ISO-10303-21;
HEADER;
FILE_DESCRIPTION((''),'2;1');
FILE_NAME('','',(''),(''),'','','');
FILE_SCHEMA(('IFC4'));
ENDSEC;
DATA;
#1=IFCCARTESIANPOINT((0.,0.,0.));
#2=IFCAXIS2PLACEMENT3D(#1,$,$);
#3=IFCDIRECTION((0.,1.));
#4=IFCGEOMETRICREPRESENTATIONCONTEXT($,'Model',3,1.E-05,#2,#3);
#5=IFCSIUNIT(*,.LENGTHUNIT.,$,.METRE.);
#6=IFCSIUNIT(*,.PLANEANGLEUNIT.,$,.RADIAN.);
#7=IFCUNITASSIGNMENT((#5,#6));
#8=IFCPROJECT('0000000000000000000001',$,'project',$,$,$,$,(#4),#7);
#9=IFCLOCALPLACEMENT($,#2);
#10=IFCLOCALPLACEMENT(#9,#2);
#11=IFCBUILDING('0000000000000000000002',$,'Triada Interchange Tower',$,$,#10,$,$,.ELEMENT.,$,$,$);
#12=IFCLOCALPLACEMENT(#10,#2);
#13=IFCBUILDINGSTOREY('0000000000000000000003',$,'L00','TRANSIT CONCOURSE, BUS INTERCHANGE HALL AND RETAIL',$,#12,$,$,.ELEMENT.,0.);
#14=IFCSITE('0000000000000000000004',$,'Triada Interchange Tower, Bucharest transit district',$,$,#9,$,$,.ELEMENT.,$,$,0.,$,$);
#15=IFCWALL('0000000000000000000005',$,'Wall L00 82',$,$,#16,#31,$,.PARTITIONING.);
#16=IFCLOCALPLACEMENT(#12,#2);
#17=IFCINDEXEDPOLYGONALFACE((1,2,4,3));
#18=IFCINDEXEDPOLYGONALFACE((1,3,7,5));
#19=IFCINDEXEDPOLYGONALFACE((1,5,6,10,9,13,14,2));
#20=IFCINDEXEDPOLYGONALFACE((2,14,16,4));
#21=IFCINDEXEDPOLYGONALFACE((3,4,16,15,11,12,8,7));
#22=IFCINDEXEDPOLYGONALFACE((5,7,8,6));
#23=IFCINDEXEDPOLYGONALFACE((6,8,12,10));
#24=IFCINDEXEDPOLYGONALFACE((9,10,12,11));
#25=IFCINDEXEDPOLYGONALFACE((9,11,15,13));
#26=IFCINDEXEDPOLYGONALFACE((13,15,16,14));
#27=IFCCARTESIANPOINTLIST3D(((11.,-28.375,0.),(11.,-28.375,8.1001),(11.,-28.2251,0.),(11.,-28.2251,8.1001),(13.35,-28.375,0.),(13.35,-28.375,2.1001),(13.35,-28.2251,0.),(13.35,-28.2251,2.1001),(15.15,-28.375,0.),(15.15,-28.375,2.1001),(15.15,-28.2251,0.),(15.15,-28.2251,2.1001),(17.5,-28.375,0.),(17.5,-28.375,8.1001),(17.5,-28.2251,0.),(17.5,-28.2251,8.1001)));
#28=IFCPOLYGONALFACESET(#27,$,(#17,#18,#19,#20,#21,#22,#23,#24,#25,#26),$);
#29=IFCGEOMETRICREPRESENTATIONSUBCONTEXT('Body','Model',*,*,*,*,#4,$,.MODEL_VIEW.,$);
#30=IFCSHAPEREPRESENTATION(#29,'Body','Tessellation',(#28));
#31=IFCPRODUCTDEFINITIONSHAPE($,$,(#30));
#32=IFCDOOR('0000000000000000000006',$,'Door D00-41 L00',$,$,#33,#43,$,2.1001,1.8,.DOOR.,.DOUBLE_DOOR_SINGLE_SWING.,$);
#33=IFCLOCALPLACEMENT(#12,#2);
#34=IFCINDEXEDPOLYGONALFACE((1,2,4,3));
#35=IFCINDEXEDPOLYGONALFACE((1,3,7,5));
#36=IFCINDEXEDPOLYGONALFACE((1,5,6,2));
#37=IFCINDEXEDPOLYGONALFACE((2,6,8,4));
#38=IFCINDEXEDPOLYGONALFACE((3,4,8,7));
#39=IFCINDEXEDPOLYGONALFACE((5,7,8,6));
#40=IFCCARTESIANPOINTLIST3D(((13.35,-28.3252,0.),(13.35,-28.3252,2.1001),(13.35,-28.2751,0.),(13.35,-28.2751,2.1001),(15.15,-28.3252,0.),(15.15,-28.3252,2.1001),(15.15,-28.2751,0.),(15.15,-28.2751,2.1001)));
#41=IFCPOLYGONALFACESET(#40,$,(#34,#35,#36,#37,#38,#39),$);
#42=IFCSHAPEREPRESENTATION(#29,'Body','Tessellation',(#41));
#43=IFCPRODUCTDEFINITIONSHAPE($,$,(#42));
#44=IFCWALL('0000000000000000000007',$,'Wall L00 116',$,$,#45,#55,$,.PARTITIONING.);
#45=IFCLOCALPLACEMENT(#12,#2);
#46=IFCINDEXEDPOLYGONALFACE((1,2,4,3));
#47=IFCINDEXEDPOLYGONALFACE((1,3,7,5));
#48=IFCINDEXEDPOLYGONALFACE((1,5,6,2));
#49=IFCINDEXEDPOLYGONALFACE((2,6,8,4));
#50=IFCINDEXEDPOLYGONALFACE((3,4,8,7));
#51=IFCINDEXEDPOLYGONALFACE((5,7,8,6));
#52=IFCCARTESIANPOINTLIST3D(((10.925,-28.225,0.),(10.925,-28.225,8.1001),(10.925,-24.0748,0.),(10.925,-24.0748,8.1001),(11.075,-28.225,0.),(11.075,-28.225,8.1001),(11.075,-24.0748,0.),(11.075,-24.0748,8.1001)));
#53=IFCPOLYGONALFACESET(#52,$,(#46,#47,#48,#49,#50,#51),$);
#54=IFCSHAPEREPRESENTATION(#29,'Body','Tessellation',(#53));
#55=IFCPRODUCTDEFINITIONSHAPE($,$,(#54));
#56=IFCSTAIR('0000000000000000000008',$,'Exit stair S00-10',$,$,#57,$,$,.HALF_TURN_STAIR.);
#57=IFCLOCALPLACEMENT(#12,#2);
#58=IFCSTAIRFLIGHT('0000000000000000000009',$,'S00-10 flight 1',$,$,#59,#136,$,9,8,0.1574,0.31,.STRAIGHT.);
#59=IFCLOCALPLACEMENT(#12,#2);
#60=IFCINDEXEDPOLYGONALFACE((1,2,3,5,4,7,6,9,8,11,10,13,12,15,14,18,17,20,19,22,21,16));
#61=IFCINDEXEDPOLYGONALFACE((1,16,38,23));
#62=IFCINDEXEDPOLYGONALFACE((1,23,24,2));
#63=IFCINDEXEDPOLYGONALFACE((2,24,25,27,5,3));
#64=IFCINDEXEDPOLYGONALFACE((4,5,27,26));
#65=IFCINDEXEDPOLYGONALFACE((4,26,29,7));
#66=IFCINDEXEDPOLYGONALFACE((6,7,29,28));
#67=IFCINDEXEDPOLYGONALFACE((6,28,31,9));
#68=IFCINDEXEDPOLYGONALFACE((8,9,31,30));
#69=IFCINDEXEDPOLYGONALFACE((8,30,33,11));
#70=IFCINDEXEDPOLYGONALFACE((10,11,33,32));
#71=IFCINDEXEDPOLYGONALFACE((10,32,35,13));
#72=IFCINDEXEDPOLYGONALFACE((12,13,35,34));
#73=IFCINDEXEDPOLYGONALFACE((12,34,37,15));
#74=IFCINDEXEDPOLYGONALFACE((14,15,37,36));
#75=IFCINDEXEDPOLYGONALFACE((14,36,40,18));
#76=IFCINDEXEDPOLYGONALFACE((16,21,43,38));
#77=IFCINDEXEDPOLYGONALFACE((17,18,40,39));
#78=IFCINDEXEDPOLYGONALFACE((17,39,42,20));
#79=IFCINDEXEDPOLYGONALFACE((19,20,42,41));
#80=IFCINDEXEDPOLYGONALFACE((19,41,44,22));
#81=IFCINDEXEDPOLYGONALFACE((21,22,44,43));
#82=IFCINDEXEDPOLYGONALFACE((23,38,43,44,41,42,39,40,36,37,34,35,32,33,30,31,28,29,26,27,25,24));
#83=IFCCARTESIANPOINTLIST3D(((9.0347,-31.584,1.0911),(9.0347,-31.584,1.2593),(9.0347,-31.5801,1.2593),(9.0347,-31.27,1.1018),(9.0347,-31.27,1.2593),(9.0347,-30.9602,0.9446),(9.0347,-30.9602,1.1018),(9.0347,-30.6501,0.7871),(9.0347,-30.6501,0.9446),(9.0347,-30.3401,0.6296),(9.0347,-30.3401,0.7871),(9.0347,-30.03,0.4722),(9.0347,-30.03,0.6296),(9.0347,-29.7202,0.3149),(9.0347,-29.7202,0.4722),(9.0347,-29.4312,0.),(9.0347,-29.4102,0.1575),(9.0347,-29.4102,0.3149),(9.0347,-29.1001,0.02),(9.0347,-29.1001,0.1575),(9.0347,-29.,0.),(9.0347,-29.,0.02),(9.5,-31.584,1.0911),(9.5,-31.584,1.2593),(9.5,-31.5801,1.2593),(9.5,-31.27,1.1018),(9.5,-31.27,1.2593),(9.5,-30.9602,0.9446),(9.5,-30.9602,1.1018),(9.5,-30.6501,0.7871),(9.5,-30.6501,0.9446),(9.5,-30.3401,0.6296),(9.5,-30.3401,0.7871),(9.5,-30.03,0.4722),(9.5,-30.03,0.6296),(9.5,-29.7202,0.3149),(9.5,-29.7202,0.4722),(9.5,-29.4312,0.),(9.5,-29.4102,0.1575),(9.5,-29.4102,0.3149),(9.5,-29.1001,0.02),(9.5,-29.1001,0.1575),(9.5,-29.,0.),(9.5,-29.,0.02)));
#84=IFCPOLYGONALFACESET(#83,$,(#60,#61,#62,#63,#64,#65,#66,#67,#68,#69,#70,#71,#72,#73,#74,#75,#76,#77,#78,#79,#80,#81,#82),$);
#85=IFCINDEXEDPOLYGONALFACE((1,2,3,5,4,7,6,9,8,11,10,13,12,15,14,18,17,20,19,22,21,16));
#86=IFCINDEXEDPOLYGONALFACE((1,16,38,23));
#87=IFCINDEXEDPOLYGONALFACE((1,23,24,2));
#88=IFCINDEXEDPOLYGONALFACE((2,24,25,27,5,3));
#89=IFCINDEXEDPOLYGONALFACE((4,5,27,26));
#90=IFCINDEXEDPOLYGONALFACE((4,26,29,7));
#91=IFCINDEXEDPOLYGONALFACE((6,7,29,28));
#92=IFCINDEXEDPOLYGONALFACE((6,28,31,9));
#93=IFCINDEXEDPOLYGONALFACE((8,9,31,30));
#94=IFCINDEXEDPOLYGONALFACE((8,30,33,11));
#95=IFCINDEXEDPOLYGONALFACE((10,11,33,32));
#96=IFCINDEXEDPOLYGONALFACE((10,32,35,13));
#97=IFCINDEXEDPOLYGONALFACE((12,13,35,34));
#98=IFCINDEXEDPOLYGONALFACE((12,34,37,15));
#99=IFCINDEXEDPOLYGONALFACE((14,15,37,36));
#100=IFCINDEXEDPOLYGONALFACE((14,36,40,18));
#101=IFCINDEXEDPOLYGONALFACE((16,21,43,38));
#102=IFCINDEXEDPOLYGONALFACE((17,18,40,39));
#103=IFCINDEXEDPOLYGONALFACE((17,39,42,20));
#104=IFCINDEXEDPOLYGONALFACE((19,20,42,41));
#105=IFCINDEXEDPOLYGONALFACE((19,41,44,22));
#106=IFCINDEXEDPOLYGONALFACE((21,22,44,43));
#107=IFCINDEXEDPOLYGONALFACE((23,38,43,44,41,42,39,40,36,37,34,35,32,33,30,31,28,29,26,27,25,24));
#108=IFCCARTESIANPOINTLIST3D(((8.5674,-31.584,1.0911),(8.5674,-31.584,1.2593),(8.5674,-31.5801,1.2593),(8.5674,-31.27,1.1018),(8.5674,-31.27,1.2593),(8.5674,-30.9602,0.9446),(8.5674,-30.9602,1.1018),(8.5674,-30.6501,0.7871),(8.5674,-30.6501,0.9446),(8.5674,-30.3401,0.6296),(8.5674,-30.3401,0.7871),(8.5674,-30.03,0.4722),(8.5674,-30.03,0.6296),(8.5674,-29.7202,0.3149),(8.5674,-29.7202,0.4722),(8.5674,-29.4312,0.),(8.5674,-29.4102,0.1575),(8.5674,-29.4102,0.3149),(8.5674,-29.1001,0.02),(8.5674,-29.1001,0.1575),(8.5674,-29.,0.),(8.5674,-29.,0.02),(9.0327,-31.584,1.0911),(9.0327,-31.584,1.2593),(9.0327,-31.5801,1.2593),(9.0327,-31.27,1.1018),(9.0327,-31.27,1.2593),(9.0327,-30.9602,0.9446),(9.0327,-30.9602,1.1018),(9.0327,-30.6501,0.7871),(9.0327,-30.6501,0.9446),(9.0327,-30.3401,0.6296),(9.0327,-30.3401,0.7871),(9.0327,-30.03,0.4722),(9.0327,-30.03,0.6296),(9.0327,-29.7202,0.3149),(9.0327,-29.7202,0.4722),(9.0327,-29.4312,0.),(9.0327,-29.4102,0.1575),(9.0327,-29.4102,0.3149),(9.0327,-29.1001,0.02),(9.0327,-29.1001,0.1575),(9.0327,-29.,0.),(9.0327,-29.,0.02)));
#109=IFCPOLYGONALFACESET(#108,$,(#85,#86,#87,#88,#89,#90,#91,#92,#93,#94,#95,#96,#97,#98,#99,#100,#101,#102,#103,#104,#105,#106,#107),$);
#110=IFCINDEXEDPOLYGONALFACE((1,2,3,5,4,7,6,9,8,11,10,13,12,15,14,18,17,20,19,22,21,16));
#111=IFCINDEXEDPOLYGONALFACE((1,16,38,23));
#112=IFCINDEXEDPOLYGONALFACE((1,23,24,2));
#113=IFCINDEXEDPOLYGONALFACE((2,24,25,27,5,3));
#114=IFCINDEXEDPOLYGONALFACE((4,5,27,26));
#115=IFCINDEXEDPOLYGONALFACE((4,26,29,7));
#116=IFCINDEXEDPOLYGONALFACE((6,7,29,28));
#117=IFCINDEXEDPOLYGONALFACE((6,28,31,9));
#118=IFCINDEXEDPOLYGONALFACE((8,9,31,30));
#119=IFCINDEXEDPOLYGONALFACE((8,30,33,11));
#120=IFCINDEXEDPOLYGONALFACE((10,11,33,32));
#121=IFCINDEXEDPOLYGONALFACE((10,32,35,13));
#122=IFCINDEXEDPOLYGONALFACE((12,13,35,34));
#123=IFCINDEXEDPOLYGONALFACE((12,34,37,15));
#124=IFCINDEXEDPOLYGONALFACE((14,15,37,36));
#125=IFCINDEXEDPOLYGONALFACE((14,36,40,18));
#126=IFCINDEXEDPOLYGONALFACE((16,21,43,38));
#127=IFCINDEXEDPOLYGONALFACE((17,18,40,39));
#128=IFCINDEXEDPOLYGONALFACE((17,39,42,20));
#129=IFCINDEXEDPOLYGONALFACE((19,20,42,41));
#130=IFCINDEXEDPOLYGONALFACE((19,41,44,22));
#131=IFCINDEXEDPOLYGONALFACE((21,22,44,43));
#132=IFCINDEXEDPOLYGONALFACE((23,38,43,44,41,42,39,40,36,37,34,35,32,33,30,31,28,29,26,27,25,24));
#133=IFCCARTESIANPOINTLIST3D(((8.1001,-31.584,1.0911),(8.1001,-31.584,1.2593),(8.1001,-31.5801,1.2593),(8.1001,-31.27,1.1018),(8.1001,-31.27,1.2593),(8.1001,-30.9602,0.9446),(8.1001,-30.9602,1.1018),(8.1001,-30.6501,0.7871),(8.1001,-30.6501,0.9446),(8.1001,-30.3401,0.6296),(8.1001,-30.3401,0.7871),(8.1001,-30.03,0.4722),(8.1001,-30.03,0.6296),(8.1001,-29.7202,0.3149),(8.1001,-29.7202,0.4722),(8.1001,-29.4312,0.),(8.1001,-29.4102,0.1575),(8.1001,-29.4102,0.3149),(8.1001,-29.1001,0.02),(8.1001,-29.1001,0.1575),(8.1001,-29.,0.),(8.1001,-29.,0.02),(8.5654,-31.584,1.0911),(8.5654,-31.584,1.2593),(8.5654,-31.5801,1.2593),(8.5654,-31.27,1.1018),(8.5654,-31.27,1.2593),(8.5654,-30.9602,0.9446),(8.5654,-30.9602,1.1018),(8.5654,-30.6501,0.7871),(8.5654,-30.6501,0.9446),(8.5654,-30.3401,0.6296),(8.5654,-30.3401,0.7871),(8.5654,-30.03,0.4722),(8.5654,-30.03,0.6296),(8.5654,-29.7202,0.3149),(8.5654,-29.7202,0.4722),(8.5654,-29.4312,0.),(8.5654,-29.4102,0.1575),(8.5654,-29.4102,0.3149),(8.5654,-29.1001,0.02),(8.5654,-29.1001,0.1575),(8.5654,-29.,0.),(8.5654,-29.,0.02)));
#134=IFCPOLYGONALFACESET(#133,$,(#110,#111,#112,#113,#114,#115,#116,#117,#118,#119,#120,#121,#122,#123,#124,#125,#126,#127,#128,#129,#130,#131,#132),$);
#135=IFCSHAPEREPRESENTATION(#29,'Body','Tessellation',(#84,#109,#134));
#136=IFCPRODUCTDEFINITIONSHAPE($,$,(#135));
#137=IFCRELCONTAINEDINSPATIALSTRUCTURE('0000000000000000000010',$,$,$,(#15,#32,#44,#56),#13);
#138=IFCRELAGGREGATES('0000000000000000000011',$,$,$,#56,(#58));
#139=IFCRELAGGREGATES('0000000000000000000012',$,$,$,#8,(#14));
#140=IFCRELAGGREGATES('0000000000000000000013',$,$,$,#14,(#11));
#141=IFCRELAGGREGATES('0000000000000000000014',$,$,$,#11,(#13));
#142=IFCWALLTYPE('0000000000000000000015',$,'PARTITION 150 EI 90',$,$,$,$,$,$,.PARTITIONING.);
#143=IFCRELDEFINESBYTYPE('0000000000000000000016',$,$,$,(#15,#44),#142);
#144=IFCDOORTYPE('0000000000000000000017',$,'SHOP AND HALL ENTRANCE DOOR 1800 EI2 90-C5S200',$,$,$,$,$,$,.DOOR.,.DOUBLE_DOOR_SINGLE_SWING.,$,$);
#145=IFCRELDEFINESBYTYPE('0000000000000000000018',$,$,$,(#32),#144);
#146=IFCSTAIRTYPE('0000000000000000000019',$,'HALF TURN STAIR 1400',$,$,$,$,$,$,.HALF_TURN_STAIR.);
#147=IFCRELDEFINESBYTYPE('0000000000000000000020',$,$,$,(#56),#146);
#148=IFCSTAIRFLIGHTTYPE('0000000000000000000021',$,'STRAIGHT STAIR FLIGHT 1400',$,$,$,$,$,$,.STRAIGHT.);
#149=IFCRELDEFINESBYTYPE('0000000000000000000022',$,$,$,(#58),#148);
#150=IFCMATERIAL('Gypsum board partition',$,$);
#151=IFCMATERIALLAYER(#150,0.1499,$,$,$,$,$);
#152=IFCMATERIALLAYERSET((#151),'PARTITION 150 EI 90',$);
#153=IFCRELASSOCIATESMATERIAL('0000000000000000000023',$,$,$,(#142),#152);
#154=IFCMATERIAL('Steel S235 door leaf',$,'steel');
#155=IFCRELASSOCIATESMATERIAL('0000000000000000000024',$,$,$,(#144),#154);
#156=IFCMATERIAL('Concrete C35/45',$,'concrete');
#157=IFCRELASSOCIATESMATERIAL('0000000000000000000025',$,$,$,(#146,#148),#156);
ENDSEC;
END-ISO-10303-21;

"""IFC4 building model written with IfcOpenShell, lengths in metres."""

from ifc_helpers import new_model, si_unit, direction, frame, frame_2d, origin, place, context, subcontext, project, spatial, polyline, rectangle, outline, extrude, material, layer, layer_set, type_object, element, fill, aggregate, save


model = new_model("IFC4")

# Units and contexts
model_context = context("Model", 3, precision=1e-05, world=origin(), true_north=direction((0.0, 1.0)))
body_context = subcontext(model_context, "Body", "Model", "MODEL_VIEW")
ifc_project = project(units=[si_unit("LENGTHUNIT", "METRE"), si_unit("PLANEANGLEUNIT", "RADIAN")], contexts=[model_context])

# Site, building, storey
site_placement = place(None, origin())
site = spatial("IfcSite", under=ifc_project, at=site_placement, Name="Triada Interchange Tower, Bucharest transit district", CompositionType="ELEMENT", RefElevation=0.0)
building_placement = place(site_placement, origin())
building = spatial("IfcBuilding", under=site, at=building_placement, Name="Triada Interchange Tower", CompositionType="ELEMENT")
storey_placement = place(building_placement, origin())
storey = spatial("IfcBuildingStorey", under=building, at=storey_placement, Name="L00", Description="TRANSIT CONCOURSE, BUS INTERCHANGE HALL AND RETAIL", CompositionType="ELEMENT", Elevation=0.0)

# Wall, opening, door
ifc_material_1 = material(Name="Gypsum board partition")
ifc_layer = layer(ifc_material_1, 0.1499)
ifc_layer_set = layer_set([ifc_layer], Name="PARTITION 150 EI 90")
wall_type = type_object("IfcWallType", Name="PARTITION 150 EI 90", PredefinedType="PARTITIONING", material=ifc_layer_set)
wall_1_placement = place(storey_placement, frame((11.0, -28.3, 0.0), z_axis=(0.0, 0.0, 1.0), x_axis=(1.0, 0.0, 0.0)))
wall_1 = element("IfcWall", 1, at=wall_1_placement, inside=storey, type_object=wall_type, Name="Wall L00 82", PredefinedType="PARTITIONING", context=body_context, shape_type="SweptSolid", body=[
    extrude(rectangle(XDim=6.5, YDim=0.1499, at=frame_2d((3.25, 0.0))), origin(), (0.0, 0.0, 1.0), 8.1001),
])
opening_placement = place(wall_1_placement, frame((2.3501, 0.0, 0.0)))
opening = element("IfcOpeningElement", 2, at=opening_placement, cuts=wall_1, PredefinedType="OPENING", context=body_context, shape_type="SweptSolid", body=[
    extrude(rectangle(XDim=1.8, YDim=2.1001, at=frame_2d((0.8999, 1.05))), frame((0.0, 0.085, 0.0), z_axis=(0.0, -1.0, 0.0), x_axis=(1.0, 0.0, 0.0)), (0.0, 0.0, 1.0), 0.1699),
])
ifc_material_2 = material(Name="Steel S235 door leaf", Category="steel")
door_type = type_object("IfcDoorType", Name="SHOP AND HALL ENTRANCE DOOR 1800 EI2 90-C5S200", OperationType="DOUBLE_DOOR_SINGLE_SWING", PredefinedType="DOOR", material=ifc_material_2)
door_placement = place(opening_placement, origin())
door = element("IfcDoor", 3, at=door_placement, inside=storey, type_object=door_type, Name="Door D00-41 L00", OperationType="DOUBLE_DOOR_SINGLE_SWING", OverallHeight=2.1001, OverallWidth=1.8, PredefinedType="DOOR", context=body_context, shape_type="SweptSolid", body=[
    extrude(rectangle(XDim=1.8, YDim=2.1001, at=frame_2d((0.8999, 1.05))), frame((0.0, 0.0249, 0.0), z_axis=(0.0, -1.0, 0.0), x_axis=(1.0, 0.0, 0.0)), (0.0, 0.0, 1.0), 0.05),
])
fill(opening, door)

# Wall
wall_2_placement = place(storey_placement, frame((11.0, -28.2251, 0.0), z_axis=(0.0, 0.0, 1.0), x_axis=(0.0, 1.0, 0.0)))
element("IfcWall", 4, at=wall_2_placement, inside=storey, type_object=wall_type, Name="Wall L00 116", PredefinedType="PARTITIONING", context=body_context, shape_type="SweptSolid", body=[
    extrude(rectangle(XDim=4.1501, YDim=0.1499, at=frame_2d((2.0752, 0.0))), origin(), (0.0, 0.0, 1.0), 8.1001),
])

# Stair, stair flight
ifc_material_3 = material(Name="Concrete C35/45", Category="concrete")
stair_type = type_object("IfcStairType", Name="HALF TURN STAIR 1400", PredefinedType="HALF_TURN_STAIR", material=ifc_material_3)
stair_placement = place(storey_placement, origin())
stair = element("IfcStair", 5, at=stair_placement, inside=storey, type_object=stair_type, Name="Exit stair S00-10", PredefinedType="HALF_TURN_STAIR")
stair_flight_type = type_object("IfcStairFlightType", Name="STRAIGHT STAIR FLIGHT 1400", PredefinedType="STRAIGHT", material=ifc_material_3)
stair_flight_1_placement = place(storey_placement, frame((8.8, -29.1001, 0.0), z_axis=(0.0, 0.0, 1.0), x_axis=(0.0, -1.0, 0.0)))
stair_flight_1 = element("IfcStairFlight", 6, at=stair_flight_1_placement, type_object=stair_flight_type, Name="S00-10 flight 1", NumberOfRisers=9, NumberOfTreads=8, PredefinedType="STRAIGHT", RiserHeight=0.1574, TreadLength=0.31, context=body_context, shape_type="SweptSolid", body=[
    extrude(outline(polyline([(-0.1001, 0.0), (-0.1001, 0.02), (0.0, 0.02), (0.0, 0.1575), (0.3101, 0.1575), (0.3101, 0.3149), (0.6201, 0.3149), (0.6201, 0.4722), (0.9299, 0.4722), (0.9299, 0.6296), (1.24, 0.6296), (1.24, 0.7871), (1.55, 0.7871), (1.55, 0.9446), (1.8601, 0.9446), (1.8601, 1.1018), (2.1699, 1.1018), (2.1699, 1.2593), (2.48, 1.2593), (2.4839, 1.2593), (2.4839, 1.4167), (2.4839, 1.0911), (0.3311, 0.0), (-0.1001, 0.0)])), frame((0.0, 0.7, 0.0), z_axis=(0.0, -1.0, 0.0), x_axis=(1.0, 0.0, 0.0)), (0.0, 0.0, 1.0), 0.4653),
    extrude(outline(polyline([(-0.1001, 0.0), (-0.1001, 0.02), (0.0, 0.02), (0.0, 0.1575), (0.3101, 0.1575), (0.3101, 0.3149), (0.6201, 0.3149), (0.6201, 0.4722), (0.9299, 0.4722), (0.9299, 0.6296), (1.24, 0.6296), (1.24, 0.7871), (1.55, 0.7871), (1.55, 0.9446), (1.8601, 0.9446), (1.8601, 1.1018), (2.1699, 1.1018), (2.1699, 1.2593), (2.48, 1.2593), (2.4839, 1.2593), (2.4839, 1.4167), (2.4839, 1.0911), (0.3311, 0.0), (-0.1001, 0.0)])), frame((0.0, 0.2327, 0.0), z_axis=(0.0, -1.0, 0.0), x_axis=(1.0, 0.0, 0.0)), (0.0, 0.0, 1.0), 0.4653),
    extrude(outline(polyline([(-0.1001, 0.0), (-0.1001, 0.02), (0.0, 0.02), (0.0, 0.1575), (0.3101, 0.1575), (0.3101, 0.3149), (0.6201, 0.3149), (0.6201, 0.4722), (0.9299, 0.4722), (0.9299, 0.6296), (1.24, 0.6296), (1.24, 0.7871), (1.55, 0.7871), (1.55, 0.9446), (1.8601, 0.9446), (1.8601, 1.1018), (2.1699, 1.1018), (2.1699, 1.2593), (2.48, 1.2593), (2.4839, 1.2593), (2.4839, 1.4167), (2.4839, 1.0911), (0.3311, 0.0), (-0.1001, 0.0)])), frame((0.0, -0.2346, 0.0), z_axis=(0.0, -1.0, 0.0), x_axis=(1.0, 0.0, 0.0)), (0.0, 0.0, 1.0), 0.4653),
])
aggregate(stair, [stair_flight_1])

save(model, "model.ifc")
